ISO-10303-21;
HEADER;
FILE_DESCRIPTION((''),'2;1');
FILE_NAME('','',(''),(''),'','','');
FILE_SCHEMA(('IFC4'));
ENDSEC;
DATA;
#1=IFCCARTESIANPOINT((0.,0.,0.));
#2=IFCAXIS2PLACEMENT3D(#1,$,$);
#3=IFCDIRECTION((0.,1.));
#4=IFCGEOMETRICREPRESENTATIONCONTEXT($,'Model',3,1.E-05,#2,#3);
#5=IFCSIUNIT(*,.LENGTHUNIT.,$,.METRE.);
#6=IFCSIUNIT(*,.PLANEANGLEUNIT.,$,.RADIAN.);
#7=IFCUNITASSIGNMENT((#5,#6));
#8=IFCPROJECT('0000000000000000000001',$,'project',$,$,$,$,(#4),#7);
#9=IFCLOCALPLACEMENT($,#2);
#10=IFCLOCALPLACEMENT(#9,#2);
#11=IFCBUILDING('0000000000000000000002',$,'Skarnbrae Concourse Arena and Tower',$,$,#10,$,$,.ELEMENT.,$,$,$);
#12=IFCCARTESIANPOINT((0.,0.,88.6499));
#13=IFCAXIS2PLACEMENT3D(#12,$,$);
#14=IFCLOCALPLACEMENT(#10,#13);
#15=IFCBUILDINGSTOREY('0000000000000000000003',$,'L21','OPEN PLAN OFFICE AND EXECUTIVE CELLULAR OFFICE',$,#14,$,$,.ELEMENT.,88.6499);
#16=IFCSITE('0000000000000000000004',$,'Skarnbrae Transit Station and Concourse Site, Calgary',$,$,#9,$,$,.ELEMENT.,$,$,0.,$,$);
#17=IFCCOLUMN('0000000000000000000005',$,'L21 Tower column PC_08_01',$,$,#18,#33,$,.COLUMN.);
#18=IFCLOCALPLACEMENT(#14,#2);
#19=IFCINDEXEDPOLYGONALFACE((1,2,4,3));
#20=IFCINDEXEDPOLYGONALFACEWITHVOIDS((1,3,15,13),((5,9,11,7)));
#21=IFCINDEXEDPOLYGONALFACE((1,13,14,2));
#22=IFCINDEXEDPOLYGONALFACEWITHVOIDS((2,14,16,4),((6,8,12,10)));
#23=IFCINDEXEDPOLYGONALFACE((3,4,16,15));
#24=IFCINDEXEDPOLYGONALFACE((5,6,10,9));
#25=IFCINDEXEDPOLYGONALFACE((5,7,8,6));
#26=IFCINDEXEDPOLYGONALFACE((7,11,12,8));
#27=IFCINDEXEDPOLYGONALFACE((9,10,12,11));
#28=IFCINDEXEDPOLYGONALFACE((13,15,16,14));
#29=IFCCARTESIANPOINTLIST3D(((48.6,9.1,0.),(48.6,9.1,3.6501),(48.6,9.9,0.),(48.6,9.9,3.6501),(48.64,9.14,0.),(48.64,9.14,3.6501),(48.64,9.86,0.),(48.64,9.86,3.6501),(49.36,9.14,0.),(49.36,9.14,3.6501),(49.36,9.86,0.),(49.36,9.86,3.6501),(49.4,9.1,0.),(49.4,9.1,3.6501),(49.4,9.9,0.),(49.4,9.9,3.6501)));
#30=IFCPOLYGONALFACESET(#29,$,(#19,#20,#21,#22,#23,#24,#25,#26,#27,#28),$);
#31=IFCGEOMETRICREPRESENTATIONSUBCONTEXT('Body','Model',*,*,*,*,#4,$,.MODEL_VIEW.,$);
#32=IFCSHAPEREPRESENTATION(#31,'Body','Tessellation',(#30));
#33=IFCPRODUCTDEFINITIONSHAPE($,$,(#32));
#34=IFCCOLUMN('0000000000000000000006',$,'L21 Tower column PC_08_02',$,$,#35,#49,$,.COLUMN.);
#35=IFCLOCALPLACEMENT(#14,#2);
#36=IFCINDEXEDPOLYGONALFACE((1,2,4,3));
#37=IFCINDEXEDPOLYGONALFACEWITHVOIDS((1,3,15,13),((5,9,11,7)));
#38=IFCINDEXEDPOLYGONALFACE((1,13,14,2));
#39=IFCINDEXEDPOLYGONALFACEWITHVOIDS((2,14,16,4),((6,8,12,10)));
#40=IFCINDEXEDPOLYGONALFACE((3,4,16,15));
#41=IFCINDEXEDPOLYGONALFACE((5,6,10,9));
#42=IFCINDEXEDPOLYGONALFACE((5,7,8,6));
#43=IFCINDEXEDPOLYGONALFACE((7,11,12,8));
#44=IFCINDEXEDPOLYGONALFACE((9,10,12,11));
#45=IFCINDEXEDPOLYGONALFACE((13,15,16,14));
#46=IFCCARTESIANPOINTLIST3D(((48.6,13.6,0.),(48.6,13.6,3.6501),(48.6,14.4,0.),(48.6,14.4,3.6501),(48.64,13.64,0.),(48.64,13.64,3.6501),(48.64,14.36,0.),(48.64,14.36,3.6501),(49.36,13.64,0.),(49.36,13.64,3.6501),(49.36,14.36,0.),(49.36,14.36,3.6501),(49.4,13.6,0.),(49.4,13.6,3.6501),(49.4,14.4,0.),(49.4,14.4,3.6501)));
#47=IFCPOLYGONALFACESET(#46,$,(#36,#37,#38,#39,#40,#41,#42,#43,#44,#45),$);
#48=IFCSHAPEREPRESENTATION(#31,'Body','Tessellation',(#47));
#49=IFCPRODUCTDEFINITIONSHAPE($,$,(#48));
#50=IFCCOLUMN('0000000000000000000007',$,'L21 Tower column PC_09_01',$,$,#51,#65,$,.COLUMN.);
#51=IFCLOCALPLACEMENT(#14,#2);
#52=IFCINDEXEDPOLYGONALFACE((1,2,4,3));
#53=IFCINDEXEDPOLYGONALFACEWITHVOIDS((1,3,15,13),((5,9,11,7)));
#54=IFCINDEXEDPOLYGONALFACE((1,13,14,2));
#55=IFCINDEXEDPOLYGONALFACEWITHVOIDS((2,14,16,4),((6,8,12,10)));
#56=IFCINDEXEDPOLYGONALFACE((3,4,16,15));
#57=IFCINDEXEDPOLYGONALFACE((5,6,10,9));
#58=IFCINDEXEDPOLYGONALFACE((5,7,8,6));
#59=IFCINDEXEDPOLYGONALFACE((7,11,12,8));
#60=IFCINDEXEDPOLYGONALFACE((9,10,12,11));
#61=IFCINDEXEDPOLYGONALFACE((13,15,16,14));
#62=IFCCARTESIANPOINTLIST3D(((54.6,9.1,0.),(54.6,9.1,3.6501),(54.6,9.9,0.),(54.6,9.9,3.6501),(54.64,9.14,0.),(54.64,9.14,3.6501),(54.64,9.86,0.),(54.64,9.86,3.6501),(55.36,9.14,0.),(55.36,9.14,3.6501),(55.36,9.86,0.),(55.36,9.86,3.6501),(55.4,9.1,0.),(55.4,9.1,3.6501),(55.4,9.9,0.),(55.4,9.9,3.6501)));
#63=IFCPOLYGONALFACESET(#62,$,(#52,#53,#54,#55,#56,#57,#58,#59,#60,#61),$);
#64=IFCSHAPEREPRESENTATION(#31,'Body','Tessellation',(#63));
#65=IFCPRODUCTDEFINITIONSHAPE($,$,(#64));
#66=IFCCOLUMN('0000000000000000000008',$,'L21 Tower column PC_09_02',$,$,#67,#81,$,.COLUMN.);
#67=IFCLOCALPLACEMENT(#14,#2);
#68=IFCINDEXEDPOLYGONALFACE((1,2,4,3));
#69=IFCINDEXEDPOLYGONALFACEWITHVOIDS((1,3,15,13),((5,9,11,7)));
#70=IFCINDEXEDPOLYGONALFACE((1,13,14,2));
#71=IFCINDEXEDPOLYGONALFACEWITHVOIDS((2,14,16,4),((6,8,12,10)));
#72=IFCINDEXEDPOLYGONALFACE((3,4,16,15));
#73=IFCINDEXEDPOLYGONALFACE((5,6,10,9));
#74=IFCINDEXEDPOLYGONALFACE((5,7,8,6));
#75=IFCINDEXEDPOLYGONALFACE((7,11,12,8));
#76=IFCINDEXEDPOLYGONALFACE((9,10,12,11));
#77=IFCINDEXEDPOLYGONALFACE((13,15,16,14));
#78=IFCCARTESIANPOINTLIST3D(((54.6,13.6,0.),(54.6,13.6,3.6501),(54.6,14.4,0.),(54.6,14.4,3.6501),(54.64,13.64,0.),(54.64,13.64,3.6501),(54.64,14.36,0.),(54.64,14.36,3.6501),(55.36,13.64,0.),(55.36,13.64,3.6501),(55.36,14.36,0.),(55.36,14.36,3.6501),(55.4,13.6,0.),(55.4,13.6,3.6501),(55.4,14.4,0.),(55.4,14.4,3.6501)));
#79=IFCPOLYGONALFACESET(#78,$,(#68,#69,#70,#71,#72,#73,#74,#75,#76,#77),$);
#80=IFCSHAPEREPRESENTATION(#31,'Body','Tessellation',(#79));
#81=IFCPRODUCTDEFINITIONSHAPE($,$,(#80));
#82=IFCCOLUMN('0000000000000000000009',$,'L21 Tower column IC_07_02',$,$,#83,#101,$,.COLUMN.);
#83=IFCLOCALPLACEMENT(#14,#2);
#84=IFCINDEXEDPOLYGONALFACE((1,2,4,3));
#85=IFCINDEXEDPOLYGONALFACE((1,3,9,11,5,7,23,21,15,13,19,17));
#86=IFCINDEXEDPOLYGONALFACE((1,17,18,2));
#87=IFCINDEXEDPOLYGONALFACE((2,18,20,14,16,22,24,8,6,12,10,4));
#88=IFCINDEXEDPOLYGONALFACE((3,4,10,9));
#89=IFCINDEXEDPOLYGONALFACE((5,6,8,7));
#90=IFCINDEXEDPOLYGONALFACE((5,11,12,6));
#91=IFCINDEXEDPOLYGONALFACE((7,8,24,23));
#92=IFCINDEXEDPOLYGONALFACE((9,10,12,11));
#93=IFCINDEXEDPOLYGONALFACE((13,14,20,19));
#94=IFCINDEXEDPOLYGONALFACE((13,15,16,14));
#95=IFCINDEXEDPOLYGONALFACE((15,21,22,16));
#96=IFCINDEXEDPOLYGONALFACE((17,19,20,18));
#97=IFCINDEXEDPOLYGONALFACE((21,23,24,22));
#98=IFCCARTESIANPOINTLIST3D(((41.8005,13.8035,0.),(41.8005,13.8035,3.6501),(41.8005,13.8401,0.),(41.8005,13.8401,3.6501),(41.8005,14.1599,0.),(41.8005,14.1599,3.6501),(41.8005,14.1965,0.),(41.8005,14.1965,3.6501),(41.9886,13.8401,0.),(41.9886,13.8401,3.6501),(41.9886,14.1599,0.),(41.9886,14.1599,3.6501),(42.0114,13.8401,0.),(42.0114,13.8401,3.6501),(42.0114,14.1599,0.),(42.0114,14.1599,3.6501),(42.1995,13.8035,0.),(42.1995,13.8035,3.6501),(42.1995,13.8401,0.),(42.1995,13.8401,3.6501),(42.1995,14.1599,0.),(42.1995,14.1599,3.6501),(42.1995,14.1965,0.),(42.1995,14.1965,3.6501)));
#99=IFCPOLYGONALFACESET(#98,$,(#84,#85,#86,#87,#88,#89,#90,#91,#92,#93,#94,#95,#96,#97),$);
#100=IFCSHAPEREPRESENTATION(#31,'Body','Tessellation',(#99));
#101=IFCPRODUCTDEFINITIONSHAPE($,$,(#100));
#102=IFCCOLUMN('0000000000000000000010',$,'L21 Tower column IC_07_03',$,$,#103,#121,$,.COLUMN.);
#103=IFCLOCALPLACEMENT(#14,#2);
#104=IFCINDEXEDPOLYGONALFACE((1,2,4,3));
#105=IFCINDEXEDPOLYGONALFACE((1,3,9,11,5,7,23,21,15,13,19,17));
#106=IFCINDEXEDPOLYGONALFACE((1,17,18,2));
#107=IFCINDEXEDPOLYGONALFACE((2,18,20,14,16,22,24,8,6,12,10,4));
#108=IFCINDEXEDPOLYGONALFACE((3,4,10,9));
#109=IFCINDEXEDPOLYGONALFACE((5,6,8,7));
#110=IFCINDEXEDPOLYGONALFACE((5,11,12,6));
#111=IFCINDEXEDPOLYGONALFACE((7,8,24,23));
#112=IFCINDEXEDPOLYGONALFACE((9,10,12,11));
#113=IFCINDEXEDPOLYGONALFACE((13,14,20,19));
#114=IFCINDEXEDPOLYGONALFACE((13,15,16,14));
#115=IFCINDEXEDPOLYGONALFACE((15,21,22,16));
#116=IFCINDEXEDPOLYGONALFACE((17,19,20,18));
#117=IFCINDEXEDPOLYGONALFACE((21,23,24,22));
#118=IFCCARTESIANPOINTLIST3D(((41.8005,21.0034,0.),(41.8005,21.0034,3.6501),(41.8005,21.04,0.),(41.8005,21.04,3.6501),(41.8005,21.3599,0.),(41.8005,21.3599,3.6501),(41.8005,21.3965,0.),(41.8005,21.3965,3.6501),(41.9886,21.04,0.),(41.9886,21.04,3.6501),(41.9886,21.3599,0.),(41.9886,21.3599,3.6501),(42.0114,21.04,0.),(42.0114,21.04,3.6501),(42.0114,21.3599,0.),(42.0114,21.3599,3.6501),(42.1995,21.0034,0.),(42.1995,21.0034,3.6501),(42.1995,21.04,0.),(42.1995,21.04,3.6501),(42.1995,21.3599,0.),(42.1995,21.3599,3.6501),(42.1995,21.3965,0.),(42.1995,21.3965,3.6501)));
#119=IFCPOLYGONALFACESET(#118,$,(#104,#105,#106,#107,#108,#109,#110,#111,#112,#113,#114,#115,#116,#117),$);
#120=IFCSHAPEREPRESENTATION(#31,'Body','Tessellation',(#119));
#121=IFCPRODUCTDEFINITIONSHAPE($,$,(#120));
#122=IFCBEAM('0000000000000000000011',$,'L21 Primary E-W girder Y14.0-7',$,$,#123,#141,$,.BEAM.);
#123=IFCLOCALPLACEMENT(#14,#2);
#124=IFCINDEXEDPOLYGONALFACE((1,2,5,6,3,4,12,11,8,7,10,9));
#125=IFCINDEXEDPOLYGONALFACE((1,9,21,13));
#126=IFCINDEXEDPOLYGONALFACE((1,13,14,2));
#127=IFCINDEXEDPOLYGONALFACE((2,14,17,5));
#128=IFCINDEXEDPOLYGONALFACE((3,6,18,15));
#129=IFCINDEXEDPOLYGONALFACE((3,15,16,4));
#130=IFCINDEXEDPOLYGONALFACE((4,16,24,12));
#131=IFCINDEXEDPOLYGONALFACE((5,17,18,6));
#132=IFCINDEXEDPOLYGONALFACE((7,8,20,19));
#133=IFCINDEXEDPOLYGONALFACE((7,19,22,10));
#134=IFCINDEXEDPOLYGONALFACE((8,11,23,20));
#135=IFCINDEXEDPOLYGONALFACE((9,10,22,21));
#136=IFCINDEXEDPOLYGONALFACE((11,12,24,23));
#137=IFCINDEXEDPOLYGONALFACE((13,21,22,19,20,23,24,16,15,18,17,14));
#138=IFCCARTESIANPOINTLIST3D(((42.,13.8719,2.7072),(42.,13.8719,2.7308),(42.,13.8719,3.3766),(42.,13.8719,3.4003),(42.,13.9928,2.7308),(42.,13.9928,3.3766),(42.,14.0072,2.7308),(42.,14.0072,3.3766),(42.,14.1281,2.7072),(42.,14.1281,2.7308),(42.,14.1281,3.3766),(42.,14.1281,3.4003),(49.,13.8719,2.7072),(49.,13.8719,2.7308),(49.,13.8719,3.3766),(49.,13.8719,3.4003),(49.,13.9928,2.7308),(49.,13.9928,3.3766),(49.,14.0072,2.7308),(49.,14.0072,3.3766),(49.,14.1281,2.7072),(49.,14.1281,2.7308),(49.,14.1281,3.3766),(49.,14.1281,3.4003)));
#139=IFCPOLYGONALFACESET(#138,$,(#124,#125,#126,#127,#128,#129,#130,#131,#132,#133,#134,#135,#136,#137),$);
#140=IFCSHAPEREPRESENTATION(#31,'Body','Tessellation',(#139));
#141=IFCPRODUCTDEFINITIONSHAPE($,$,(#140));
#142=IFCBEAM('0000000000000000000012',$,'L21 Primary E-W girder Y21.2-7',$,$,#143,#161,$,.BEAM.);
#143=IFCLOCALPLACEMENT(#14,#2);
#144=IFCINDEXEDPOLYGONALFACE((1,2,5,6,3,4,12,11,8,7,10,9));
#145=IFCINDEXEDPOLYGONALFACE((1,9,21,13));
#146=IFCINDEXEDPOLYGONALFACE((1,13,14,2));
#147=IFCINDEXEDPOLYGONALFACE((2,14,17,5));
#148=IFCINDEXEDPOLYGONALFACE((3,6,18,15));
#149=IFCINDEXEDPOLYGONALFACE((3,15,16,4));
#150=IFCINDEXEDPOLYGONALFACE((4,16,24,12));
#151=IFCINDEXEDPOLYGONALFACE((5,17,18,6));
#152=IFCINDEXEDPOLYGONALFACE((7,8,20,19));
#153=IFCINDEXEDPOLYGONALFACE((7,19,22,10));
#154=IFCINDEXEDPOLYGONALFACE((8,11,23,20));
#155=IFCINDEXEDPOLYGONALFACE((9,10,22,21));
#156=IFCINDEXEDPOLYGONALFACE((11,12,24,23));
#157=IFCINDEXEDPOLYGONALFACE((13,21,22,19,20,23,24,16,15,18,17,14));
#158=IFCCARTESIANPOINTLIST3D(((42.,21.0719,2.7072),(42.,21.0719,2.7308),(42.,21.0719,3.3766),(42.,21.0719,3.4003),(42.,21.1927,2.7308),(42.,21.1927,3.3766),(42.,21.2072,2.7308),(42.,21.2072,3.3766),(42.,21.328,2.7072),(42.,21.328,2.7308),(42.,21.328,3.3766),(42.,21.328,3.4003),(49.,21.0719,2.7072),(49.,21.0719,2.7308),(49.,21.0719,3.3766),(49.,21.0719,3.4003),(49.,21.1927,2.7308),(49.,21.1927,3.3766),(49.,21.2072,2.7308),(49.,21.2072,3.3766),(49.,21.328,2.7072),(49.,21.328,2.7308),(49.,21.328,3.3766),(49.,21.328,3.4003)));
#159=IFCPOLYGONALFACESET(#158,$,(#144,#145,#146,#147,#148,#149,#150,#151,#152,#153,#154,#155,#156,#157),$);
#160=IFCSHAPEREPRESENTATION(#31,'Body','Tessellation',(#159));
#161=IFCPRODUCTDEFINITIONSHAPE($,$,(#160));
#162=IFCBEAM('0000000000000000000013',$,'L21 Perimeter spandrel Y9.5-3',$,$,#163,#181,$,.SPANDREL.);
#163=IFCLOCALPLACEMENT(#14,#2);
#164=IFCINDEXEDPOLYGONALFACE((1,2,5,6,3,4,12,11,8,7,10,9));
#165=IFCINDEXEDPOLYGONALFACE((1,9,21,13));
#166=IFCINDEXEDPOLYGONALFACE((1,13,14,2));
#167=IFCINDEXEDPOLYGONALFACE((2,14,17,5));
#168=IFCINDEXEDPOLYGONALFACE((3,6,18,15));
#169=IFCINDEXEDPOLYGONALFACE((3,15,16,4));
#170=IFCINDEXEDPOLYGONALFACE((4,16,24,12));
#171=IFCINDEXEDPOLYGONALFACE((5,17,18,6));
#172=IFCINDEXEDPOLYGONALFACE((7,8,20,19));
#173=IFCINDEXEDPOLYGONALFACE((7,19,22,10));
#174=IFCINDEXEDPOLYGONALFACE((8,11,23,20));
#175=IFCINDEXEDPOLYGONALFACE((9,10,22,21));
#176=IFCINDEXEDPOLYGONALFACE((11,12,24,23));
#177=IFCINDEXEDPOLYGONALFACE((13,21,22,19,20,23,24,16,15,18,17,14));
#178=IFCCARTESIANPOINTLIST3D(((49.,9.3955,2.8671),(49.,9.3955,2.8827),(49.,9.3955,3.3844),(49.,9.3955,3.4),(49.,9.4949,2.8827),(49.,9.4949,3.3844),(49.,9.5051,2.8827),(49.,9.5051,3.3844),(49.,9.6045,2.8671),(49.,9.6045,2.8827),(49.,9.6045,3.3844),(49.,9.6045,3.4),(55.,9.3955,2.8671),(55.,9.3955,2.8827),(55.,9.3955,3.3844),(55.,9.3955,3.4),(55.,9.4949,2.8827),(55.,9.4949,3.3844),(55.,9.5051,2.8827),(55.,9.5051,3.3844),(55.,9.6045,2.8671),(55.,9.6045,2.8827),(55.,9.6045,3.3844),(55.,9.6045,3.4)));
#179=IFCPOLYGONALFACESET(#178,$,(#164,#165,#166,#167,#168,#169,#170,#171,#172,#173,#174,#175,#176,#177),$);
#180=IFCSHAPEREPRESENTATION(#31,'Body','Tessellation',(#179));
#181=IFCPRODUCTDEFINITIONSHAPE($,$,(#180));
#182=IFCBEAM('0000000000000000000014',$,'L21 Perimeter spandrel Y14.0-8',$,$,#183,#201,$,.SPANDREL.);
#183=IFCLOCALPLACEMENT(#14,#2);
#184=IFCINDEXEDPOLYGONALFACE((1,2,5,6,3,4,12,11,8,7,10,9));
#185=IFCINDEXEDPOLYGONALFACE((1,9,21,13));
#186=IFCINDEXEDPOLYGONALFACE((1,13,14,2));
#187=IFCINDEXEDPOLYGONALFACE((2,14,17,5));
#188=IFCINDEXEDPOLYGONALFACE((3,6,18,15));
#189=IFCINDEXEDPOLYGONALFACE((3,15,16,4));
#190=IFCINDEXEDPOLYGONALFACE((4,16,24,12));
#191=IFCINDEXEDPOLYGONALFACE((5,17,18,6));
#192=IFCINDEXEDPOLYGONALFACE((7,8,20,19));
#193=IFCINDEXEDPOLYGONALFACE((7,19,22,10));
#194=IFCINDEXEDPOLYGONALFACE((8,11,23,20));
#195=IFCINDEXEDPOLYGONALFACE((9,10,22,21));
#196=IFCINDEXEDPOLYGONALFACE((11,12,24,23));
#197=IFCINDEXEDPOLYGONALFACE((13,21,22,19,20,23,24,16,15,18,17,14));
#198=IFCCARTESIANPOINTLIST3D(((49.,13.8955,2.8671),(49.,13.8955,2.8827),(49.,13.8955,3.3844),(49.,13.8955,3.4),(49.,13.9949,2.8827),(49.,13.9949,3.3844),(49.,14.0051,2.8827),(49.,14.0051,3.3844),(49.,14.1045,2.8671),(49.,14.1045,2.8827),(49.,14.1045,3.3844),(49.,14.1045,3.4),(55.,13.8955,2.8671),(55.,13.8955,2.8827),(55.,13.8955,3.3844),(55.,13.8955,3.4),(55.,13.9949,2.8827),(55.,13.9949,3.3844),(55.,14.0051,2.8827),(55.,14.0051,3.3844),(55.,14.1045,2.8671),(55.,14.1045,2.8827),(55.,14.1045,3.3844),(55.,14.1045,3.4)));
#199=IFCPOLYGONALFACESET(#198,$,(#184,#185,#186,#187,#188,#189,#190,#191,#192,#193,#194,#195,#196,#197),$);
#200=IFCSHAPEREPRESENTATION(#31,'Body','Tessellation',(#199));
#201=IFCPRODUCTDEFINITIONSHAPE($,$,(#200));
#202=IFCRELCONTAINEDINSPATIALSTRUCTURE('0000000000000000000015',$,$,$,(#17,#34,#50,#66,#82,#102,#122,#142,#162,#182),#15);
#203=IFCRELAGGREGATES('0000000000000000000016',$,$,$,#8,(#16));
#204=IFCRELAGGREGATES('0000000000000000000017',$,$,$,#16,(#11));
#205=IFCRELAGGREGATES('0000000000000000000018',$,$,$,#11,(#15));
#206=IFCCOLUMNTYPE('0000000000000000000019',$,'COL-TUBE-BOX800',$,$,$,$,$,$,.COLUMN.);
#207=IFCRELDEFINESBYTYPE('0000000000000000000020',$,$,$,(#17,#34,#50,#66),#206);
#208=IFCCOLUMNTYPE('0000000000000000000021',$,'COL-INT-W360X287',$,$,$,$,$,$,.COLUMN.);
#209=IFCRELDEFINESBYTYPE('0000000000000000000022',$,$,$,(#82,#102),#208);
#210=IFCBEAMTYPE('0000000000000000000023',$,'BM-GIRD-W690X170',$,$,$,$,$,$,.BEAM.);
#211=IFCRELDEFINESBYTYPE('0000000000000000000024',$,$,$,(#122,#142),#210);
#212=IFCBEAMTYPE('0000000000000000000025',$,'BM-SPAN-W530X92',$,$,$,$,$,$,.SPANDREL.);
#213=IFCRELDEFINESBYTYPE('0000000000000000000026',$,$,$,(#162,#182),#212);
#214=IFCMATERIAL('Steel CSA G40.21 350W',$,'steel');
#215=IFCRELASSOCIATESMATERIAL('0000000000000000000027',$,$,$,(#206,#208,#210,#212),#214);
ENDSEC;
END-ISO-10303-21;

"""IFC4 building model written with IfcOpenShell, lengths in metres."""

from ifc_helpers import new_model, si_unit, direction, frame, origin, origin_2d, place, context, subcontext, project, spatial, hollow_rectangle, i_section, extrude, source, transform, mapped, material, material_profile, profile_set, type_object, element, save


model = new_model("IFC4")

# Units and contexts
model_context = context("Model", 3, precision=1e-05, world=origin(), true_north=direction((0.0, 1.0)))
body_context = subcontext(model_context, "Body", "Model", "MODEL_VIEW")
ifc_project = project(units=[si_unit("LENGTHUNIT", "METRE"), si_unit("PLANEANGLEUNIT", "RADIAN")], contexts=[model_context])

# Site, building, storey
site_placement = place(None, origin())
site = spatial("IfcSite", under=ifc_project, at=site_placement, Name="Skarnbrae Transit Station and Concourse Site, Calgary", CompositionType="ELEMENT", RefElevation=0.0)
building_placement = place(site_placement, origin())
building = spatial("IfcBuilding", under=site, at=building_placement, Name="Skarnbrae Concourse Arena and Tower", CompositionType="ELEMENT")
storey_placement = place(building_placement, frame((0.0, 0.0, 88.6499)))
storey = spatial("IfcBuildingStorey", under=building, at=storey_placement, Name="L21", Description="OPEN PLAN OFFICE AND EXECUTIVE CELLULAR OFFICE", CompositionType="ELEMENT", Elevation=88.6499)

# Columns
ifc_material_1 = material(Name="Steel CSA G40.21 350W", Category="steel")
ifc_material_profile_1 = material_profile(ifc_material_1, hollow_rectangle(XDim=0.8, YDim=0.8, WallThickness=0.04, at=origin_2d()), Name="BOX800X800X40")
ifc_profile_set_1 = profile_set([ifc_material_profile_1], Name="Steel CSA G40.21 350W")
column_type_1 = type_object("IfcColumnType", Name="COL-TUBE-BOX800", PredefinedType="COLUMN", material=ifc_profile_set_1)
shared_shape_1 = source(origin(), body_context, "Body", "SweptSolid", [
    extrude(hollow_rectangle(XDim=0.8, YDim=0.8, WallThickness=0.04, at=origin_2d()), origin(), (0.0, 0.0, 1.0), 3.6501),
])
for number, where, z_axis, x_axis, name in (
    (1, (49.0, 9.5, 0.0), (0.0, 0.0, 1.0), (1.0, 0.0, 0.0), "L21 Tower column PC_08_01"),
    (2, (49.0, 14.0, 0.0), (0.0, 0.0, 1.0), (1.0, 0.0, 0.0), "L21 Tower column PC_08_02"),
    (3, (55.0, 9.5, 0.0), (0.0, 0.0, 1.0), (1.0, 0.0, 0.0), "L21 Tower column PC_09_01"),
    (4, (55.0, 14.0, 0.0), (0.0, 0.0, 1.0), (1.0, 0.0, 0.0), "L21 Tower column PC_09_02"),
):
    element("IfcColumn", number, at=place(storey_placement, frame(where, z_axis=z_axis, x_axis=x_axis)), inside=storey, type_object=column_type_1, Name=name, PredefinedType="COLUMN", context=body_context, shape_type="MappedRepresentation", body=[
        mapped(shared_shape_1, transform((0.0, 0.0, 0.0))),
    ])
ifc_material_profile_2 = material_profile(ifc_material_1, i_section(OverallWidth=0.3989, OverallDepth=0.3931, WebThickness=0.0227, FlangeThickness=0.0366, at=origin_2d()), Name="W360X287")
ifc_profile_set_2 = profile_set([ifc_material_profile_2], Name="Steel CSA G40.21 350W")
column_type_2 = type_object("IfcColumnType", Name="COL-INT-W360X287", PredefinedType="COLUMN", material=ifc_profile_set_2)
shared_shape_2 = source(origin(), body_context, "Body", "SweptSolid", [
    extrude(i_section(OverallWidth=0.3989, OverallDepth=0.3931, WebThickness=0.0227, FlangeThickness=0.0366, at=origin_2d()), origin(), (0.0, 0.0, 1.0), 3.6501),
])
for number, where, z_axis, x_axis, name in (
    (5, (42.0, 14.0, 0.0), (0.0, 0.0, 1.0), (1.0, 0.0, 0.0), "L21 Tower column IC_07_02"),
    (6, (42.0, 21.2, 0.0), (0.0, 0.0, 1.0), (1.0, 0.0, 0.0), "L21 Tower column IC_07_03"),
):
    element("IfcColumn", number, at=place(storey_placement, frame(where, z_axis=z_axis, x_axis=x_axis)), inside=storey, type_object=column_type_2, Name=name, PredefinedType="COLUMN", context=body_context, shape_type="MappedRepresentation", body=[
        mapped(shared_shape_2, transform((0.0, 0.0, 0.0))),
    ])

# Beams
ifc_material_profile_3 = material_profile(ifc_material_1, i_section(OverallWidth=0.2561, OverallDepth=0.6931, WebThickness=0.0144, FlangeThickness=0.0237, at=origin_2d()), Name="W690X170")
ifc_profile_set_3 = profile_set([ifc_material_profile_3], Name="Steel CSA G40.21 350W")
beam_type_1 = type_object("IfcBeamType", Name="BM-GIRD-W690X170", PredefinedType="BEAM", material=ifc_profile_set_3)
shared_shape_3 = source(origin(), body_context, "Body", "SweptSolid", [
    extrude(i_section(OverallWidth=0.2561, OverallDepth=0.6931, WebThickness=0.0144, FlangeThickness=0.0237, at=origin_2d()), origin(), (0.0, 0.0, 1.0), 7.0),
])
for number, where, z_axis, x_axis, name in (
    (7, (42.0, 14.0, 3.0537), (1.0, 0.0, 0.0), (0.0, 1.0, 0.0), "L21 Primary E-W girder Y14.0-7"),
    (8, (42.0, 21.2, 3.0537), (1.0, 0.0, 0.0), (0.0, 1.0, 0.0), "L21 Primary E-W girder Y21.2-7"),
):
    element("IfcBeam", number, at=place(storey_placement, frame(where, z_axis=z_axis, x_axis=x_axis)), inside=storey, type_object=beam_type_1, Name=name, PredefinedType="BEAM", context=body_context, shape_type="MappedRepresentation", body=[
        mapped(shared_shape_3, transform((0.0, 0.0, 0.0))),
    ])
ifc_material_profile_4 = material_profile(ifc_material_1, i_section(OverallWidth=0.209, OverallDepth=0.533, WebThickness=0.0103, FlangeThickness=0.0156, at=origin_2d()), Name="W530X92")
ifc_profile_set_4 = profile_set([ifc_material_profile_4], Name="Steel CSA G40.21 350W")
beam_type_2 = type_object("IfcBeamType", Name="BM-SPAN-W530X92", PredefinedType="SPANDREL", material=ifc_profile_set_4)
shared_shape_4 = source(origin(), body_context, "Body", "SweptSolid", [
    extrude(i_section(OverallWidth=0.209, OverallDepth=0.533, WebThickness=0.0103, FlangeThickness=0.0156, at=origin_2d()), origin(), (0.0, 0.0, 1.0), 6.0),
])
for number, where, z_axis, x_axis, name in (
    (9, (49.0, 9.5, 3.1335), (1.0, 0.0, 0.0), (0.0, 1.0, 0.0), "L21 Perimeter spandrel Y9.5-3"),
    (10, (49.0, 14.0, 3.1335), (1.0, 0.0, 0.0), (0.0, 1.0, 0.0), "L21 Perimeter spandrel Y14.0-8"),
):
    element("IfcBeam", number, at=place(storey_placement, frame(where, z_axis=z_axis, x_axis=x_axis)), inside=storey, type_object=beam_type_2, Name=name, PredefinedType="SPANDREL", context=body_context, shape_type="MappedRepresentation", body=[
        mapped(shared_shape_4, transform((0.0, 0.0, 0.0))),
    ])

save(model, "model.ifc")
